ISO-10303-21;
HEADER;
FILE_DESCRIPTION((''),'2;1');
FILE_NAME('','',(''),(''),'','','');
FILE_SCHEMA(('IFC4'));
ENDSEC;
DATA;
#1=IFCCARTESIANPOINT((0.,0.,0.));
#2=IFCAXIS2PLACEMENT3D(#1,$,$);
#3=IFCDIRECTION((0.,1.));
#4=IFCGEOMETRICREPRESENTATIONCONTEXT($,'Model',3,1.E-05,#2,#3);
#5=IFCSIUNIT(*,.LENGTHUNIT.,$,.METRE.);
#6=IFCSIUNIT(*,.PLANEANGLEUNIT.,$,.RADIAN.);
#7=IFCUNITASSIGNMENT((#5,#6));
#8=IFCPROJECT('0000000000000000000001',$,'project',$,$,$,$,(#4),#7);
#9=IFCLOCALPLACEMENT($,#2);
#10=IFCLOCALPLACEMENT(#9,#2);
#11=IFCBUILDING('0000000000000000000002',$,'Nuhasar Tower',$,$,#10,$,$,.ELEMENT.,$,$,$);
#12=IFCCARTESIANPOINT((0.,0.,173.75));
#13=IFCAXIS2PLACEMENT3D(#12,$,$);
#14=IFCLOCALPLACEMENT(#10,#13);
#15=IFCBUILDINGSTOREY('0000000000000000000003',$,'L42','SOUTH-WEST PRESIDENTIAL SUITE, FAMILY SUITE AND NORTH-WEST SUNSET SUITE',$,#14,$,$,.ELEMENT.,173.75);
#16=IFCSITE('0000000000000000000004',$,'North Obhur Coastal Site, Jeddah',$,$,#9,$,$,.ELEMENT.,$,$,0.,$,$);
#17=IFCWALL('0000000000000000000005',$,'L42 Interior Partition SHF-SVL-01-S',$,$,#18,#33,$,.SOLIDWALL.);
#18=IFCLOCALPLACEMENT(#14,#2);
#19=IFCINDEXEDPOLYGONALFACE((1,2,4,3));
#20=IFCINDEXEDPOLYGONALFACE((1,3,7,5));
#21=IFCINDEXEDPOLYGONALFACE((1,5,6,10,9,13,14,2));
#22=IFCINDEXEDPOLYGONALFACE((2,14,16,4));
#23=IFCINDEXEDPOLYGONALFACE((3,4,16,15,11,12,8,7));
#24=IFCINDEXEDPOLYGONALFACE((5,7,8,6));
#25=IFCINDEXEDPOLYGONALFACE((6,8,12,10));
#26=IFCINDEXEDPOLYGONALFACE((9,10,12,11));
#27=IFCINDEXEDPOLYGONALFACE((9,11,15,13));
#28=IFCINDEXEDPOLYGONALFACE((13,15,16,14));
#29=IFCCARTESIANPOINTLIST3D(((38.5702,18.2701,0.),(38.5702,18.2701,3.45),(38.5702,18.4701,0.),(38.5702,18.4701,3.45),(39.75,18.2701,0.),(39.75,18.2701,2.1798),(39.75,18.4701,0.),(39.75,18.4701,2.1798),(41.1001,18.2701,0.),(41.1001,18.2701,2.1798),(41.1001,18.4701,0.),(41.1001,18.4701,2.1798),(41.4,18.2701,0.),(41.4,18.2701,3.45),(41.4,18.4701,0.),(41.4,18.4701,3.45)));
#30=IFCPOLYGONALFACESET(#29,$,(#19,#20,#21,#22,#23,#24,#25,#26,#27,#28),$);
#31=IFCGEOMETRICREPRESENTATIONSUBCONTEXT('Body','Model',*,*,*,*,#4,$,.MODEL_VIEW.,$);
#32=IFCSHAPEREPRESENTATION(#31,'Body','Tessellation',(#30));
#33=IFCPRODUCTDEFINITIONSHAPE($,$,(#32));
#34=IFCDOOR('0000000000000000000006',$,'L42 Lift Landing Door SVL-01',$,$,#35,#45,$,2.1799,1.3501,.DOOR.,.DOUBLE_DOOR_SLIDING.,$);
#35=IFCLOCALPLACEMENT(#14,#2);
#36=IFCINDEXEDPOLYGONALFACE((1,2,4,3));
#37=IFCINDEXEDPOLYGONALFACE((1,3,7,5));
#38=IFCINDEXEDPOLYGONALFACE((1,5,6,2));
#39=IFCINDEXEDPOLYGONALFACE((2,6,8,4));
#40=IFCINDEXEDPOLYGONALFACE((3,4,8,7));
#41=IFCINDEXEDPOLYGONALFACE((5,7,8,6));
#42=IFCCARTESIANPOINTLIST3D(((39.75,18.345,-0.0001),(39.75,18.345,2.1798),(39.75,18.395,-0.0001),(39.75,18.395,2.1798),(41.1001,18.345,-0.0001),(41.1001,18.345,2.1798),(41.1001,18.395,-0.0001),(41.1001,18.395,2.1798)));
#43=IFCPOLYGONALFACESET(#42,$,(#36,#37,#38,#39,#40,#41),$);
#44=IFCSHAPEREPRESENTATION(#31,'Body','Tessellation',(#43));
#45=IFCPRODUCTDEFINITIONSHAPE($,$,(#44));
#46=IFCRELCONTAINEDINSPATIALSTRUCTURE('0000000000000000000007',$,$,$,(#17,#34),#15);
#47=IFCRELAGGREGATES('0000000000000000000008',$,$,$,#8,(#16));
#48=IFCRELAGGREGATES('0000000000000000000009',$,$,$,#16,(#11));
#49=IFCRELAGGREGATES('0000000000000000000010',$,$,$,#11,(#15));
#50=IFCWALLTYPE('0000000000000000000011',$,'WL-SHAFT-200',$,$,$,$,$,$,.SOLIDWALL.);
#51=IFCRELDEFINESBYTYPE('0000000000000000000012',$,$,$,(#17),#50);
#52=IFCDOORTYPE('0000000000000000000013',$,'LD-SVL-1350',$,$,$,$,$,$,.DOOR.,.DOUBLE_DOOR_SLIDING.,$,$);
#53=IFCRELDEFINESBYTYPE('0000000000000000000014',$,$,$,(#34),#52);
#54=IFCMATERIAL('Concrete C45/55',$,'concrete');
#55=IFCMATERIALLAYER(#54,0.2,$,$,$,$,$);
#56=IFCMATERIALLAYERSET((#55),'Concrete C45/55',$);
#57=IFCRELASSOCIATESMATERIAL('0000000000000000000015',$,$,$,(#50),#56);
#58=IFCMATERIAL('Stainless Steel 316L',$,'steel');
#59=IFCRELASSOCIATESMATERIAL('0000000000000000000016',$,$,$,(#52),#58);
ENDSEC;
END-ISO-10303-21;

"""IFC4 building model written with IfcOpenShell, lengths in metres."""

from ifc_helpers import new_model, si_unit, direction, frame, frame_2d, origin, place, context, subcontext, project, spatial, rectangle, extrude, material, layer, layer_set, type_object, element, fill, save


model = new_model("IFC4")

# Units and contexts
model_context = context("Model", 3, precision=1e-05, world=origin(), true_north=direction((0.0, 1.0)))
body_context = subcontext(model_context, "Body", "Model", "MODEL_VIEW")
ifc_project = project(units=[si_unit("LENGTHUNIT", "METRE"), si_unit("PLANEANGLEUNIT", "RADIAN")], contexts=[model_context])

# Site, building, storey
site_placement = place(None, origin())
site = spatial("IfcSite", under=ifc_project, at=site_placement, Name="North Obhur Coastal Site, Jeddah", CompositionType="ELEMENT", RefElevation=0.0)
building_placement = place(site_placement, origin())
building = spatial("IfcBuilding", under=site, at=building_placement, Name="Nuhasar Tower", CompositionType="ELEMENT")
storey_placement = place(building_placement, frame((0.0, 0.0, 173.75)))
storey = spatial("IfcBuildingStorey", under=building, at=storey_placement, Name="L42", Description="SOUTH-WEST PRESIDENTIAL SUITE, FAMILY SUITE AND NORTH-WEST SUNSET SUITE", CompositionType="ELEMENT", Elevation=173.75)

# Shared definitions
ifc_material_1 = material(Name="Concrete C45/55", Category="concrete")
ifc_layer_1 = layer(ifc_material_1, 0.2)
ifc_layer_set_1 = layer_set([ifc_layer_1], Name="Concrete C45/55")
wall_type_1 = type_object("IfcWallType", Name="WL-SHAFT-200", PredefinedType="SOLIDWALL", material=ifc_layer_set_1)

# Shared definitions
ifc_material_2 = material(Name="Stainless Steel 316L", Category="steel")

# Wall, opening, door
wall_1_placement = place(storey_placement, frame((38.5701, 18.3701, 0.0), z_axis=(0.0, 0.0, 1.0), x_axis=(1.0, 0.0, 0.0)))
wall_1 = element("IfcWall", 1, at=wall_1_placement, inside=storey, type_object=wall_type_1, Name="L42 Interior Partition SHF-SVL-01-S", PredefinedType="SOLIDWALL", context=body_context, shape_type="SweptSolid", body=[
    extrude(rectangle(XDim=2.8298, YDim=0.2, at=frame_2d((1.415, 0.0))), origin(), (0.0, 0.0, 1.0), 3.45),
])
opening_1_placement = place(wall_1_placement, frame((1.1799, 0.0, 0.0)))
opening_1 = element("IfcOpeningElement", 2, at=opening_1_placement, cuts=wall_1, PredefinedType="OPENING", context=body_context, shape_type="SweptSolid", body=[
    extrude(rectangle(XDim=1.3501, YDim=2.1799, at=frame_2d((0.675, 1.0898))), frame((0.0, 0.1099, 0.0), z_axis=(0.0, -1.0, 0.0), x_axis=(1.0, 0.0, 0.0)), (0.0, 0.0, 1.0), 0.22),
])
door_type_1 = type_object("IfcDoorType", Name="LD-SVL-1350", OperationType="DOUBLE_DOOR_SLIDING", PredefinedType="DOOR", material=ifc_material_2)
door_1_placement = place(opening_1_placement, origin())
door_1 = element("IfcDoor", 3, at=door_1_placement, inside=storey, type_object=door_type_1, Name="L42 Lift Landing Door SVL-01", OperationType="DOUBLE_DOOR_SLIDING", OverallHeight=2.1799, OverallWidth=1.3501, PredefinedType="DOOR", context=body_context, shape_type="SweptSolid", body=[
    extrude(rectangle(XDim=1.3501, YDim=2.1799, at=frame_2d((0.675, 1.0898))), frame((0.0, 0.0249, 0.0), z_axis=(0.0, -1.0, 0.0), x_axis=(1.0, 0.0, 0.0)), (0.0, 0.0, 1.0), 0.05),
])
fill(opening_1, door_1)

save(model, "model.ifc")
